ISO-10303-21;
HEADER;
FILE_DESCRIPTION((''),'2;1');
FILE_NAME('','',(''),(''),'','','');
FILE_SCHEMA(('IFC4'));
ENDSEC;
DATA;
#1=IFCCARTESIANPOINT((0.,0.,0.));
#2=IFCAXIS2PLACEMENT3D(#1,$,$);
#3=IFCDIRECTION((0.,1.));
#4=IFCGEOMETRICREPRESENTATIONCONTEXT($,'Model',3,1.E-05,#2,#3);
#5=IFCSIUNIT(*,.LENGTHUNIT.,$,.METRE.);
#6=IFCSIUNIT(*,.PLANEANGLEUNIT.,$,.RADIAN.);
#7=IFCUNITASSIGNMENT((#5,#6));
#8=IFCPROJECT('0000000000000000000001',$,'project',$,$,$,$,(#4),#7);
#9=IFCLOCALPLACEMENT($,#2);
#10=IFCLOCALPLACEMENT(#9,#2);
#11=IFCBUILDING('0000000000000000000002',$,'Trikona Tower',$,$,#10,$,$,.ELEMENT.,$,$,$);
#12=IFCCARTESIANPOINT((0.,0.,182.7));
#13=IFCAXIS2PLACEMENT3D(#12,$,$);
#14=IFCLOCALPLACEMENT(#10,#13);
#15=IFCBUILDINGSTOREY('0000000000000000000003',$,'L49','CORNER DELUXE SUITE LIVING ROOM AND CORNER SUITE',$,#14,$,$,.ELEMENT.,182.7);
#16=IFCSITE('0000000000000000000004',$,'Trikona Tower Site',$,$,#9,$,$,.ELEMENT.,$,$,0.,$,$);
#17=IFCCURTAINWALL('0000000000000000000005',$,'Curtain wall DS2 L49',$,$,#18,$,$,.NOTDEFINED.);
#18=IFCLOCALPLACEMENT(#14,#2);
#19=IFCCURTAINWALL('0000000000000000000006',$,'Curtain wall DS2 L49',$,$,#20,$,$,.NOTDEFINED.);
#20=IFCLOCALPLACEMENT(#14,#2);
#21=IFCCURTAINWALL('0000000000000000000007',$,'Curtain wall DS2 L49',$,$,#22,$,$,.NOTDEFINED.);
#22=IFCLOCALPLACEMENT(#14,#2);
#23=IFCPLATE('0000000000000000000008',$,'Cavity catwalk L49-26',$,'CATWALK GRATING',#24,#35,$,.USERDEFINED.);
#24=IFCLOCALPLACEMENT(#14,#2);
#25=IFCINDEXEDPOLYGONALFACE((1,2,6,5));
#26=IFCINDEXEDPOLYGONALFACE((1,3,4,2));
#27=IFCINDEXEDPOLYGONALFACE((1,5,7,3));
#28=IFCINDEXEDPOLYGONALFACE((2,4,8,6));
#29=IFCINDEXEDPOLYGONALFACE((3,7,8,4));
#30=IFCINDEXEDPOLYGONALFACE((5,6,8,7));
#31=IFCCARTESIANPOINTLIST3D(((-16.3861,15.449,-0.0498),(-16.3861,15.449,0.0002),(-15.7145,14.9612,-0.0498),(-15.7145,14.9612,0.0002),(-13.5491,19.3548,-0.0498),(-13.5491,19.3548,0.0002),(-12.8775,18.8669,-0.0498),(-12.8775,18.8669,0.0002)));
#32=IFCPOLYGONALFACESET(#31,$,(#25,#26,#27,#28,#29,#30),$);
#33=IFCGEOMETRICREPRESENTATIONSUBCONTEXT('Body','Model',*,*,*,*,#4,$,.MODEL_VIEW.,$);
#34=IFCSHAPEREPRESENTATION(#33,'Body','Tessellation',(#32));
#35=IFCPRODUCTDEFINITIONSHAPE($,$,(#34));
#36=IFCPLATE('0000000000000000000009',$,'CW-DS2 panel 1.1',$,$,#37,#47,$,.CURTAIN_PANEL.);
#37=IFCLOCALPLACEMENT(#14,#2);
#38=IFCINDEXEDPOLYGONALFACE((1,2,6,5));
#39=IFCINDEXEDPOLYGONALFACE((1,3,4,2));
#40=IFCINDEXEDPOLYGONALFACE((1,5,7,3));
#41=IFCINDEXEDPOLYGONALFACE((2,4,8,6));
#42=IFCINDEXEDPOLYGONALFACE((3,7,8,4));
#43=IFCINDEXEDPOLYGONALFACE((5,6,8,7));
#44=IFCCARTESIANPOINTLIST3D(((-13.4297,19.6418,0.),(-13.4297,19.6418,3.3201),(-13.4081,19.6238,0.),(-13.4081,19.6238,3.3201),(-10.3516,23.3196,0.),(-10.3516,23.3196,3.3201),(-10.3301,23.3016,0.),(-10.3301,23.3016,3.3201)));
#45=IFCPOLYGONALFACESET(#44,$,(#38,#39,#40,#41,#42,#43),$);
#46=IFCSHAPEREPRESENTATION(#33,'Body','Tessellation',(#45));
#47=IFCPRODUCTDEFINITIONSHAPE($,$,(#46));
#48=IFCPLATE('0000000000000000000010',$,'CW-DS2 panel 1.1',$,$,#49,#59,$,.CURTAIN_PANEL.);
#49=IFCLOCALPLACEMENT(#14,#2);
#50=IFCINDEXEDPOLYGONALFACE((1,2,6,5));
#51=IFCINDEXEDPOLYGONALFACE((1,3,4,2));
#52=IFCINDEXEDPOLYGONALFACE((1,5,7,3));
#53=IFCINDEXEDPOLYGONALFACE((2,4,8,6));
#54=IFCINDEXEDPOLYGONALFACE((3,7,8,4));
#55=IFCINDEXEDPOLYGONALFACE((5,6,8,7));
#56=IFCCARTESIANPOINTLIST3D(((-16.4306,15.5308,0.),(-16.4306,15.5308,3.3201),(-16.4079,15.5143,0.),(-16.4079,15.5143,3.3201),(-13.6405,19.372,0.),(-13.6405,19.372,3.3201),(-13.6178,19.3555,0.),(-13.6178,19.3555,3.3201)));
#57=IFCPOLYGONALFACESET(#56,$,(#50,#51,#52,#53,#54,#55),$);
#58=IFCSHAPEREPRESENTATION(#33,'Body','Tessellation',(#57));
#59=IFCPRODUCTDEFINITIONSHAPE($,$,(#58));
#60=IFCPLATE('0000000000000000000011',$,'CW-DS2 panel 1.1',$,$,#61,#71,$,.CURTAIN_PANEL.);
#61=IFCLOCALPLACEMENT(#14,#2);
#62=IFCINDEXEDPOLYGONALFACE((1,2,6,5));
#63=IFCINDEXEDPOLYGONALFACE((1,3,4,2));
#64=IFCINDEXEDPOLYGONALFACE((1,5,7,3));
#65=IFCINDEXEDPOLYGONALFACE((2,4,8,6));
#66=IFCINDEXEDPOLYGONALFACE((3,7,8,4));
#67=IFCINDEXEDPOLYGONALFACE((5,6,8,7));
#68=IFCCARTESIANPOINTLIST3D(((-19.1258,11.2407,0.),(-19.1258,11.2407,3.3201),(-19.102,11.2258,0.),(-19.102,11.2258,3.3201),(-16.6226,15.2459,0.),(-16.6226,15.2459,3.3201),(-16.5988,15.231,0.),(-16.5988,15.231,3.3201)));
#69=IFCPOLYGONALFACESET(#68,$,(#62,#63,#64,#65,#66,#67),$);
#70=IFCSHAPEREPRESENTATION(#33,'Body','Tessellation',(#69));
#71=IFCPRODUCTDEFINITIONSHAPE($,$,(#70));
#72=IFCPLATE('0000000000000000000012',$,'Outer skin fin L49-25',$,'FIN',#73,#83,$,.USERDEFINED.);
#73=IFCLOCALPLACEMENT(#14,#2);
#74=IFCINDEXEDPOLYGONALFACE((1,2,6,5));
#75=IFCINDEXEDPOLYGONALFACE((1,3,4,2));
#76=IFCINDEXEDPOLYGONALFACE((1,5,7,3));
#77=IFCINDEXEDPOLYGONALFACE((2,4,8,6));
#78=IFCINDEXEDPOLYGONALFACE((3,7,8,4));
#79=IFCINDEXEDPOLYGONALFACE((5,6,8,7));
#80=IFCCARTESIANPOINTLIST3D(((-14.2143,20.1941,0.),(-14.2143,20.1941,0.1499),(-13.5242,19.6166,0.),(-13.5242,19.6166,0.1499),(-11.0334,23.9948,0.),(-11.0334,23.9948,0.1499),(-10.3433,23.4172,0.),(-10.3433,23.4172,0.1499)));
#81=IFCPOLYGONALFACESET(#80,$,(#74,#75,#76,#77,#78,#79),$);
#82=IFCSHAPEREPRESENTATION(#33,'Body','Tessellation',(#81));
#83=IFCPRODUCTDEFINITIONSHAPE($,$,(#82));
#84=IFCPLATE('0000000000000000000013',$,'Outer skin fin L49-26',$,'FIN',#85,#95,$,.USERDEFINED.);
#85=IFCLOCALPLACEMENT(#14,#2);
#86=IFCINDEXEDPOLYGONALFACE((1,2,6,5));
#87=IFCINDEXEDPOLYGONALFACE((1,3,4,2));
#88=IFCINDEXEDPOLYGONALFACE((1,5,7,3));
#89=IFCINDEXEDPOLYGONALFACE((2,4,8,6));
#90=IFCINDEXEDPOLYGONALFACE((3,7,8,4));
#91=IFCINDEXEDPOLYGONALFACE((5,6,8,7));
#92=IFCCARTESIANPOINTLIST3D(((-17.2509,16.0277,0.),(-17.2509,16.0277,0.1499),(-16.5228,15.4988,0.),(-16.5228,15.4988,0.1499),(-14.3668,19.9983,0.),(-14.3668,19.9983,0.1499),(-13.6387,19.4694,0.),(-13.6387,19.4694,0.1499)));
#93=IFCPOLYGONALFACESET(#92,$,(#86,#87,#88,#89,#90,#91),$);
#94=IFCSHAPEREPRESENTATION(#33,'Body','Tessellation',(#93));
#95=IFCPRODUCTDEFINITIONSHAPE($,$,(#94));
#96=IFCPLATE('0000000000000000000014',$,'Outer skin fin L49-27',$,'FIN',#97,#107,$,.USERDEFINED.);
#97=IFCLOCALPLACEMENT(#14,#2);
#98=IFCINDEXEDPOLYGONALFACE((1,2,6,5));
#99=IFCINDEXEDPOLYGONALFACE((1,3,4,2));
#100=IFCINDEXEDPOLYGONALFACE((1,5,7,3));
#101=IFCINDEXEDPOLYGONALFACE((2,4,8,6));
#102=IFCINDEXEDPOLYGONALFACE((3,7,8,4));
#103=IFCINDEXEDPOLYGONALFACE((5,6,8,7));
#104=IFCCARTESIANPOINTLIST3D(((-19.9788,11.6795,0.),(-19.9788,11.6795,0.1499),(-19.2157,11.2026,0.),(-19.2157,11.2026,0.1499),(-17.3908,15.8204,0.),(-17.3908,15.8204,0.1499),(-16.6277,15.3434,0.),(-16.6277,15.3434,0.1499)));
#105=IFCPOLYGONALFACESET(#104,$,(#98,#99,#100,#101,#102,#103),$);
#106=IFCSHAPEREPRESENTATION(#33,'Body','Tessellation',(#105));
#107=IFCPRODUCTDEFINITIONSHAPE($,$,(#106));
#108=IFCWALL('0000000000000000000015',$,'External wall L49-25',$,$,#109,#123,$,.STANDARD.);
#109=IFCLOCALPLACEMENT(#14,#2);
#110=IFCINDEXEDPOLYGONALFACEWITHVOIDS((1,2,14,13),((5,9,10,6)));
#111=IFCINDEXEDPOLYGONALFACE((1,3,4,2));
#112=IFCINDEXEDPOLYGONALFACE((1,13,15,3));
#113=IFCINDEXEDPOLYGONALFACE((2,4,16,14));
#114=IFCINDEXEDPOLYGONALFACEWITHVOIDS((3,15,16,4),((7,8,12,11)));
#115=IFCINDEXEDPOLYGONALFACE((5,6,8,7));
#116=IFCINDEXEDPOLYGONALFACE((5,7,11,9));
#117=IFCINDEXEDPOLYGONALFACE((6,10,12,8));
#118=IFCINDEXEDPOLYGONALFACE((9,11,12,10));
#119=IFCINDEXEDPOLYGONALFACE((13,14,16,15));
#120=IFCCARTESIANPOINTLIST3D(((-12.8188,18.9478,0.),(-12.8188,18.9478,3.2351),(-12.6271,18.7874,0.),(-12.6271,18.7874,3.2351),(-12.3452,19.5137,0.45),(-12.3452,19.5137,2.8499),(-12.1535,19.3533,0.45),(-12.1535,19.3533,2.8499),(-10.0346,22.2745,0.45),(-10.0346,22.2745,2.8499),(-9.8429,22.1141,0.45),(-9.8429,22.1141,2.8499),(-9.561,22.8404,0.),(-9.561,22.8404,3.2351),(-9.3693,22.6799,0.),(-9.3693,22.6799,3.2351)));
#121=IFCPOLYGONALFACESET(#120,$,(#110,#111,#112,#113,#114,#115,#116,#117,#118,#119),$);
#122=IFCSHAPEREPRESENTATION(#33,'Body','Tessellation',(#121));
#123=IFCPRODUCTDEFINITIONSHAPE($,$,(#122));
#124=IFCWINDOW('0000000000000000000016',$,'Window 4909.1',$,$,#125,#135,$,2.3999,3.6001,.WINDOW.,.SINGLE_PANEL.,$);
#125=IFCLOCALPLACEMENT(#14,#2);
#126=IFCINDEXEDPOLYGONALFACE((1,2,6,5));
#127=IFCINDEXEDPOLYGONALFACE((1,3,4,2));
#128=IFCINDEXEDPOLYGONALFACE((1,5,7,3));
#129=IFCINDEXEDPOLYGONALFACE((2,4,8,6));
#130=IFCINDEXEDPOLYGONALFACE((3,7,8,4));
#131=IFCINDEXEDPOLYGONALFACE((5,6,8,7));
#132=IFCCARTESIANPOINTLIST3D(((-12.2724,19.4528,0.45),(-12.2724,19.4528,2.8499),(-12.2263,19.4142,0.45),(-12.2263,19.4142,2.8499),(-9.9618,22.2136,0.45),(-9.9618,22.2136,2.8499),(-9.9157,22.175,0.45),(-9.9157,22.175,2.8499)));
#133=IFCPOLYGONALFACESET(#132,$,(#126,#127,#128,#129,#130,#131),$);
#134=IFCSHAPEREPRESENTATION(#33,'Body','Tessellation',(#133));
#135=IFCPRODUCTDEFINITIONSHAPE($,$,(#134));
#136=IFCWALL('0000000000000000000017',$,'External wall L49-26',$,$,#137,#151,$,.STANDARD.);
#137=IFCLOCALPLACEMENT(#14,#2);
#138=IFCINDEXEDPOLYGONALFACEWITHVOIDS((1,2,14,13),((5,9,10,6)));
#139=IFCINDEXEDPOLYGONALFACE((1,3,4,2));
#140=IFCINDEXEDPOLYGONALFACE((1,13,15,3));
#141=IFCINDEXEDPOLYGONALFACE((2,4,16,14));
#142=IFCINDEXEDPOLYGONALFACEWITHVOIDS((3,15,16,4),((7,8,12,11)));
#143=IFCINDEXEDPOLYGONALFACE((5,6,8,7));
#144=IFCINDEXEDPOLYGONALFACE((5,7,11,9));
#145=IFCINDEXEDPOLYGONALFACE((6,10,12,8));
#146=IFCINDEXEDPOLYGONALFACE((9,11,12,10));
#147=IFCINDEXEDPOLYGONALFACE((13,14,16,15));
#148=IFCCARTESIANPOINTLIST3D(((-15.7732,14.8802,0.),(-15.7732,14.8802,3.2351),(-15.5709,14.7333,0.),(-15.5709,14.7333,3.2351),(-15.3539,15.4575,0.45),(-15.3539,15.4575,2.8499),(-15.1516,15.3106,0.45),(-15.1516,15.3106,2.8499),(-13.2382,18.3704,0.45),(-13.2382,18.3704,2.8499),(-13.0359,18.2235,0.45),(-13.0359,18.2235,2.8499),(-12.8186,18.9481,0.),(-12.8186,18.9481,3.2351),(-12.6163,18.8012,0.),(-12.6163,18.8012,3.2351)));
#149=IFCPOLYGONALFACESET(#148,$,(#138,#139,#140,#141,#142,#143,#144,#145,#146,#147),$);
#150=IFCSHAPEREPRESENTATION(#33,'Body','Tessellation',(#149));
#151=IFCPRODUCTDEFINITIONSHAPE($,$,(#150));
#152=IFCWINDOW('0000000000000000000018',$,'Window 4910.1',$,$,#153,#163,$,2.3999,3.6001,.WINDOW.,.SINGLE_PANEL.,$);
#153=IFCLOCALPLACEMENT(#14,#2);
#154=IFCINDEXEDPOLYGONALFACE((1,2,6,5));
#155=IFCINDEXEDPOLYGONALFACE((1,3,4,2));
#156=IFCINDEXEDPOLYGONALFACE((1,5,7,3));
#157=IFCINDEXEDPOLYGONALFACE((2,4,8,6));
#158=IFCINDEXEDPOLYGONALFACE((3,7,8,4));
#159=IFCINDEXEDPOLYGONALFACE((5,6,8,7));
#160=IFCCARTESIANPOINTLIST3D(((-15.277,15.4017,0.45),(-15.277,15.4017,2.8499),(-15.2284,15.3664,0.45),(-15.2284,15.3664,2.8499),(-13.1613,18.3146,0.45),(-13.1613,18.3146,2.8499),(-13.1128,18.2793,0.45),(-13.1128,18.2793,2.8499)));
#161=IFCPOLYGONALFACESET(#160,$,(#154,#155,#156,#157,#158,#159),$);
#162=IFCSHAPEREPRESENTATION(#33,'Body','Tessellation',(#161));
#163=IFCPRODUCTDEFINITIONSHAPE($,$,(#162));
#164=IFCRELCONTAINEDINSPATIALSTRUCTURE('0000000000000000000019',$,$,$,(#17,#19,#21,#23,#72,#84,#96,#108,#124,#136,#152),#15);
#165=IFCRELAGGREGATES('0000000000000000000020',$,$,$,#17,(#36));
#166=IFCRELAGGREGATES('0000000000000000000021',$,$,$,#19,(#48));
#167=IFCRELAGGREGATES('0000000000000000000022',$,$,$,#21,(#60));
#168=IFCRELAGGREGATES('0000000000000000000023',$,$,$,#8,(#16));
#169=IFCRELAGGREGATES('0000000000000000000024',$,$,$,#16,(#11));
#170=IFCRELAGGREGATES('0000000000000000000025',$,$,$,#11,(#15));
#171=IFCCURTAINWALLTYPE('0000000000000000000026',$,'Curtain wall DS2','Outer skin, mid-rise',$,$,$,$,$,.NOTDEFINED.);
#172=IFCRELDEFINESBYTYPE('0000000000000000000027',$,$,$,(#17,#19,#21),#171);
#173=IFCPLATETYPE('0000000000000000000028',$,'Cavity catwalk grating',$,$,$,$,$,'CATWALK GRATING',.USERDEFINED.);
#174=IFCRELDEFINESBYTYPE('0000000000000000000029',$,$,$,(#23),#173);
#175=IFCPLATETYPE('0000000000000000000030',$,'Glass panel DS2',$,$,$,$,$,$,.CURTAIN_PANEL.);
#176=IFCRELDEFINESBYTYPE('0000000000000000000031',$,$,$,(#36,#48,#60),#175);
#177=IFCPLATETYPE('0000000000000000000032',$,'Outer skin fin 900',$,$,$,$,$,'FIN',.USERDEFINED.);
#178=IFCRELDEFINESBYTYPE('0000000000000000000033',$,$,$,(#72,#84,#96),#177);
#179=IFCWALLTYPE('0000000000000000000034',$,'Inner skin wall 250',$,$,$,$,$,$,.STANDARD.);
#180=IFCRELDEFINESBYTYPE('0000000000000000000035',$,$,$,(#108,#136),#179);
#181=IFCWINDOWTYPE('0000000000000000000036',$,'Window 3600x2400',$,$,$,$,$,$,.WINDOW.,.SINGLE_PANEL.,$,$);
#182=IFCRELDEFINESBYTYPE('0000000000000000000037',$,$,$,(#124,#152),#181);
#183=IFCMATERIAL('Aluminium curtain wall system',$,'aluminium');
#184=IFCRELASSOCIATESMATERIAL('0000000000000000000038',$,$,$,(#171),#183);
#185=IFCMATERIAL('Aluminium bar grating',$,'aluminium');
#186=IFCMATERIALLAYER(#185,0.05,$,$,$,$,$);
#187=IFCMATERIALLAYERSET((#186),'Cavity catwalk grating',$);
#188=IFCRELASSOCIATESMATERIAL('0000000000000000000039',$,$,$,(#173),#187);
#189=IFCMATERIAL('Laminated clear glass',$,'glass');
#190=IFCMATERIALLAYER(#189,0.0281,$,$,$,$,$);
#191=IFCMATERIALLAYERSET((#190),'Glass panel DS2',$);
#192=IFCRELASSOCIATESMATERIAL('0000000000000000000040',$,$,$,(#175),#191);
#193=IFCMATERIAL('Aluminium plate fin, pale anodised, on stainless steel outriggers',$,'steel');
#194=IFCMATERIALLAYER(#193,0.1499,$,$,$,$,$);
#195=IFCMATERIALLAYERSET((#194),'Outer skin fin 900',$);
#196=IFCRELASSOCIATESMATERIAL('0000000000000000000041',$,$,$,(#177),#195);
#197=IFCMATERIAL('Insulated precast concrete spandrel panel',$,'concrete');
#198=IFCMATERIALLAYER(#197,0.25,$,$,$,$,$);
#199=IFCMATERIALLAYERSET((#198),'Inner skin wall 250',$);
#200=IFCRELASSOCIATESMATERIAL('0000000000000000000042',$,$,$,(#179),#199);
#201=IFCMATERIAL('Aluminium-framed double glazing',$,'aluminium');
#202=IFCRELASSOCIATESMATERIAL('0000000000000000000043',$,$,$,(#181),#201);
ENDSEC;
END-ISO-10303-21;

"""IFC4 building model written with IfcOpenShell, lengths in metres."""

from ifc_helpers import new_model, si_unit, direction, frame, frame_2d, origin, origin_2d, place, context, subcontext, project, spatial, rectangle, extrude, material, layer, layer_set, type_object, element, fill, aggregate, save


model = new_model("IFC4")

# Units and contexts
model_context = context("Model", 3, precision=1e-05, world=origin(), true_north=direction((0.0, 1.0)))
body_context = subcontext(model_context, "Body", "Model", "MODEL_VIEW")
ifc_project = project(units=[si_unit("LENGTHUNIT", "METRE"), si_unit("PLANEANGLEUNIT", "RADIAN")], contexts=[model_context])

# Site, building, storey
site_placement = place(None, origin())
site = spatial("IfcSite", under=ifc_project, at=site_placement, Name="Trikona Tower Site", CompositionType="ELEMENT", RefElevation=0.0)
building_placement = place(site_placement, origin())
building = spatial("IfcBuilding", under=site, at=building_placement, Name="Trikona Tower", CompositionType="ELEMENT")
storey_placement = place(building_placement, frame((0.0, 0.0, 182.7)))
storey = spatial("IfcBuildingStorey", under=building, at=storey_placement, Name="L49", Description="CORNER DELUXE SUITE LIVING ROOM AND CORNER SUITE", CompositionType="ELEMENT", Elevation=182.7)

# Shared definitions
ifc_material_1 = material(Name="Aluminium curtain wall system", Category="aluminium")
curtain_wall_type = type_object("IfcCurtainWallType", Name="Curtain wall DS2", Description="Outer skin, mid-rise", PredefinedType="NOTDEFINED", material=ifc_material_1)

# Curtain walls
curtain_wall_1_placement = place(storey_placement, origin())
curtain_wall_1 = element("IfcCurtainWall", 1, at=curtain_wall_1_placement, inside=storey, type_object=curtain_wall_type, Name="Curtain wall DS2 L49", PredefinedType="NOTDEFINED")
curtain_wall_2_placement = place(storey_placement, origin())
curtain_wall_2 = element("IfcCurtainWall", 2, at=curtain_wall_2_placement, inside=storey, type_object=curtain_wall_type, Name="Curtain wall DS2 L49", PredefinedType="NOTDEFINED")

# Curtain wall
curtain_wall_3_placement = place(storey_placement, origin())
curtain_wall_3 = element("IfcCurtainWall", 3, at=curtain_wall_3_placement, inside=storey, type_object=curtain_wall_type, Name="Curtain wall DS2 L49", PredefinedType="NOTDEFINED")

# Plate
ifc_material_2 = material(Name="Aluminium bar grating", Category="aluminium")
ifc_layer_1 = layer(ifc_material_2, 0.05)
ifc_layer_set_1 = layer_set([ifc_layer_1], Name="Cavity catwalk grating")
plate_type_1 = type_object("IfcPlateType", Name="Cavity catwalk grating", ElementType="CATWALK GRATING", PredefinedType="USERDEFINED", material=ifc_layer_set_1)
plate_1_placement = place(storey_placement, frame((-14.6318, 17.158, -0.0498), z_axis=(0.0, 0.0, 1.0), x_axis=(-0.587686, -0.809089, 0.0)))
element("IfcPlate", 4, at=plate_1_placement, inside=storey, type_object=plate_type_1, Name="Cavity catwalk L49-26", ObjectType="CATWALK GRATING", PredefinedType="USERDEFINED", context=body_context, shape_type="SweptSolid", body=[
    extrude(rectangle(XDim=4.8274, YDim=0.8301, at=origin_2d()), origin(), (0.0, 0.0, 1.0), 0.05),
])

# Plates
ifc_material_3 = material(Name="Laminated clear glass", Category="glass")
ifc_layer_2 = layer(ifc_material_3, 0.0281)
ifc_layer_set_2 = layer_set([ifc_layer_2], Name="Glass panel DS2")
plate_type_2 = type_object("IfcPlateType", Name="Glass panel DS2", PredefinedType="CURTAIN_PANEL", material=ifc_layer_set_2)
plate_2_placement = place(storey_placement, frame((-11.8799, 21.4717, 0.0), z_axis=(0.0, 0.0, 1.0), x_axis=(-0.641806, -0.766867, 0.0)))
plate_2 = element("IfcPlate", 5, at=plate_2_placement, type_object=plate_type_2, Name="CW-DS2 panel 1.1", PredefinedType="CURTAIN_PANEL", context=body_context, shape_type="SweptSolid", body=[
    extrude(rectangle(XDim=4.7959, YDim=0.0281, at=origin_2d()), origin(), (0.0, 0.0, 1.0), 3.3201),
])
aggregate(curtain_wall_1, [plate_2])
plate_3_placement = place(storey_placement, frame((-15.0242, 17.4431, 0.0), z_axis=(0.0, 0.0, 1.0), x_axis=(-0.587691, -0.809086, 0.0)))
plate_3 = element("IfcPlate", 6, at=plate_3_placement, type_object=plate_type_2, Name="CW-DS2 panel 1.1", PredefinedType="CURTAIN_PANEL", context=body_context, shape_type="SweptSolid", body=[
    extrude(rectangle(XDim=4.7476, YDim=0.0281, at=origin_2d()), origin(), (0.0, 0.0, 1.0), 3.3201),
])
aggregate(curtain_wall_2, [plate_3])
plate_4_placement = place(storey_placement, frame((-17.8623, 13.2358, 0.0), z_axis=(0.0, 0.0, 1.0), x_axis=(-0.529999, -0.847998, 0.0)))
plate_4 = element("IfcPlate", 7, at=plate_4_placement, type_object=plate_type_2, Name="CW-DS2 panel 1.1", PredefinedType="CURTAIN_PANEL", context=body_context, shape_type="SweptSolid", body=[
    extrude(rectangle(XDim=4.7231, YDim=0.0281, at=origin_2d()), origin(), (0.0, 0.0, 1.0), 3.3201),
])
aggregate(curtain_wall_3, [plate_4])

# Plates
ifc_material_4 = material(Name="Aluminium plate fin, pale anodised, on stainless steel outriggers", Category="steel")
ifc_layer_3 = layer(ifc_material_4, 0.1499)
ifc_layer_set_3 = layer_set([ifc_layer_3], Name="Outer skin fin 900")
plate_type_3 = type_object("IfcPlateType", Name="Outer skin fin 900", ElementType="FIN", PredefinedType="USERDEFINED", material=ifc_layer_set_3)
plate_5_placement = place(storey_placement, frame((-12.2788, 21.8057, 0.0), z_axis=(0.0, 0.0, 1.0), x_axis=(-0.641807, -0.766866, 0.0)))
element("IfcPlate", 8, at=plate_5_placement, inside=storey, type_object=plate_type_3, Name="Outer skin fin L49-25", ObjectType="FIN", PredefinedType="USERDEFINED", context=body_context, shape_type="SweptSolid", body=[
    extrude(rectangle(XDim=4.9561, YDim=0.8999, at=origin_2d()), origin(), (0.0, 0.0, 1.0), 0.1499),
])
plate_6_placement = place(storey_placement, frame((-15.4448, 17.7485, 0.0), z_axis=(0.0, 0.0, 1.0), x_axis=(-0.587686, -0.809089, 0.0)))
element("IfcPlate", 9, at=plate_6_placement, inside=storey, type_object=plate_type_3, Name="Outer skin fin L49-26", ObjectType="FIN", PredefinedType="USERDEFINED", context=body_context, shape_type="SweptSolid", body=[
    extrude(rectangle(XDim=4.9075, YDim=0.8999, at=origin_2d()), origin(), (0.0, 0.0, 1.0), 0.1499),
])
plate_7_placement = place(storey_placement, frame((-18.3032, 13.5115, 0.0), z_axis=(0.0, 0.0, 1.0), x_axis=(-0.529995, -0.848001, 0.0)))
element("IfcPlate", 10, at=plate_7_placement, inside=storey, type_object=plate_type_3, Name="Outer skin fin L49-27", ObjectType="FIN", PredefinedType="USERDEFINED", context=body_context, shape_type="SweptSolid", body=[
    extrude(rectangle(XDim=4.8831, YDim=0.8999, at=origin_2d()), origin(), (0.0, 0.0, 1.0), 0.1499),
])

# Walls, openings, windows
ifc_material_5 = material(Name="Insulated precast concrete spandrel panel", Category="concrete")
ifc_layer_4 = layer(ifc_material_5, 0.25)
ifc_layer_set_4 = layer_set([ifc_layer_4], Name="Inner skin wall 250")
wall_type = type_object("IfcWallType", Name="Inner skin wall 250", PredefinedType="STANDARD", material=ifc_layer_set_4)
wall_1_placement = place(storey_placement, frame((-9.4651, 22.7603, 0.0), z_axis=(0.0, 0.0, 1.0), x_axis=(-0.64181, -0.766863, 0.0)))
wall_1 = element("IfcWall", 11, at=wall_1_placement, inside=storey, type_object=wall_type, Name="External wall L49-25", PredefinedType="STANDARD", context=body_context, shape_type="SweptSolid", body=[
    extrude(rectangle(XDim=5.0759, YDim=0.25, at=frame_2d((2.5381, 0.0))), origin(), (0.0, 0.0, 1.0), 3.2351),
])
opening_1_placement = place(wall_1_placement, frame((0.738, 0.0, 0.45)))
opening_1 = element("IfcOpeningElement", 12, at=opening_1_placement, cuts=wall_1, PredefinedType="OPENING", context=body_context, shape_type="SweptSolid", body=[
    extrude(rectangle(XDim=3.6001, YDim=2.3999, at=frame_2d((1.8, 1.2))), frame((0.0, 0.135, 0.0), z_axis=(0.0, -1.0, 0.0), x_axis=(1.0, 0.0, 0.0)), (0.0, 0.0, 1.0), 0.27),
])
ifc_material_6 = material(Name="Aluminium-framed double glazing", Category="aluminium")
window_type = type_object("IfcWindowType", Name="Window 3600x2400", PartitioningType="SINGLE_PANEL", PredefinedType="WINDOW", material=ifc_material_6)
window_1_placement = place(opening_1_placement, origin())
window_1 = element("IfcWindow", 13, at=window_1_placement, inside=storey, type_object=window_type, Name="Window 4909.1", OverallHeight=2.3999, OverallWidth=3.6001, PartitioningType="SINGLE_PANEL", PredefinedType="WINDOW", context=body_context, shape_type="SweptSolid", body=[
    extrude(rectangle(XDim=3.6001, YDim=2.3999, at=frame_2d((1.8, 1.2))), frame((0.0, 0.03, 0.0), z_axis=(0.0, -1.0, 0.0), x_axis=(1.0, 0.0, 0.0)), (0.0, 0.0, 1.0), 0.0601),
])
fill(opening_1, window_1)
wall_2_placement = place(storey_placement, frame((-12.7175, 18.8745, 0.0), z_axis=(0.0, 0.0, 1.0), x_axis=(-0.587669, -0.809101, 0.0)))
wall_2 = element("IfcWall", 14, at=wall_2_placement, inside=storey, type_object=wall_type, Name="External wall L49-26", PredefinedType="STANDARD", context=body_context, shape_type="SweptSolid", body=[
    extrude(rectangle(XDim=5.0276, YDim=0.25, at=frame_2d((2.5137, 0.0))), origin(), (0.0, 0.0, 1.0), 3.2351),
])
opening_2_placement = place(wall_2_placement, frame((0.7139, 0.0, 0.45)))
opening_2 = element("IfcOpeningElement", 15, at=opening_2_placement, cuts=wall_2, PredefinedType="OPENING", context=body_context, shape_type="SweptSolid", body=[
    extrude(rectangle(XDim=3.6001, YDim=2.3999, at=frame_2d((1.8, 1.2))), frame((0.0, 0.135, 0.0), z_axis=(0.0, -1.0, 0.0), x_axis=(1.0, 0.0, 0.0)), (0.0, 0.0, 1.0), 0.27),
])
window_2_placement = place(opening_2_placement, origin())
window_2 = element("IfcWindow", 16, at=window_2_placement, inside=storey, type_object=window_type, Name="Window 4910.1", OverallHeight=2.3999, OverallWidth=3.6001, PartitioningType="SINGLE_PANEL", PredefinedType="WINDOW", context=body_context, shape_type="SweptSolid", body=[
    extrude(rectangle(XDim=3.6001, YDim=2.3999, at=frame_2d((1.8, 1.2))), frame((0.0, 0.03, 0.0), z_axis=(0.0, -1.0, 0.0), x_axis=(1.0, 0.0, 0.0)), (0.0, 0.0, 1.0), 0.0601),
])
fill(opening_2, window_2)

save(model, "model.ifc")
